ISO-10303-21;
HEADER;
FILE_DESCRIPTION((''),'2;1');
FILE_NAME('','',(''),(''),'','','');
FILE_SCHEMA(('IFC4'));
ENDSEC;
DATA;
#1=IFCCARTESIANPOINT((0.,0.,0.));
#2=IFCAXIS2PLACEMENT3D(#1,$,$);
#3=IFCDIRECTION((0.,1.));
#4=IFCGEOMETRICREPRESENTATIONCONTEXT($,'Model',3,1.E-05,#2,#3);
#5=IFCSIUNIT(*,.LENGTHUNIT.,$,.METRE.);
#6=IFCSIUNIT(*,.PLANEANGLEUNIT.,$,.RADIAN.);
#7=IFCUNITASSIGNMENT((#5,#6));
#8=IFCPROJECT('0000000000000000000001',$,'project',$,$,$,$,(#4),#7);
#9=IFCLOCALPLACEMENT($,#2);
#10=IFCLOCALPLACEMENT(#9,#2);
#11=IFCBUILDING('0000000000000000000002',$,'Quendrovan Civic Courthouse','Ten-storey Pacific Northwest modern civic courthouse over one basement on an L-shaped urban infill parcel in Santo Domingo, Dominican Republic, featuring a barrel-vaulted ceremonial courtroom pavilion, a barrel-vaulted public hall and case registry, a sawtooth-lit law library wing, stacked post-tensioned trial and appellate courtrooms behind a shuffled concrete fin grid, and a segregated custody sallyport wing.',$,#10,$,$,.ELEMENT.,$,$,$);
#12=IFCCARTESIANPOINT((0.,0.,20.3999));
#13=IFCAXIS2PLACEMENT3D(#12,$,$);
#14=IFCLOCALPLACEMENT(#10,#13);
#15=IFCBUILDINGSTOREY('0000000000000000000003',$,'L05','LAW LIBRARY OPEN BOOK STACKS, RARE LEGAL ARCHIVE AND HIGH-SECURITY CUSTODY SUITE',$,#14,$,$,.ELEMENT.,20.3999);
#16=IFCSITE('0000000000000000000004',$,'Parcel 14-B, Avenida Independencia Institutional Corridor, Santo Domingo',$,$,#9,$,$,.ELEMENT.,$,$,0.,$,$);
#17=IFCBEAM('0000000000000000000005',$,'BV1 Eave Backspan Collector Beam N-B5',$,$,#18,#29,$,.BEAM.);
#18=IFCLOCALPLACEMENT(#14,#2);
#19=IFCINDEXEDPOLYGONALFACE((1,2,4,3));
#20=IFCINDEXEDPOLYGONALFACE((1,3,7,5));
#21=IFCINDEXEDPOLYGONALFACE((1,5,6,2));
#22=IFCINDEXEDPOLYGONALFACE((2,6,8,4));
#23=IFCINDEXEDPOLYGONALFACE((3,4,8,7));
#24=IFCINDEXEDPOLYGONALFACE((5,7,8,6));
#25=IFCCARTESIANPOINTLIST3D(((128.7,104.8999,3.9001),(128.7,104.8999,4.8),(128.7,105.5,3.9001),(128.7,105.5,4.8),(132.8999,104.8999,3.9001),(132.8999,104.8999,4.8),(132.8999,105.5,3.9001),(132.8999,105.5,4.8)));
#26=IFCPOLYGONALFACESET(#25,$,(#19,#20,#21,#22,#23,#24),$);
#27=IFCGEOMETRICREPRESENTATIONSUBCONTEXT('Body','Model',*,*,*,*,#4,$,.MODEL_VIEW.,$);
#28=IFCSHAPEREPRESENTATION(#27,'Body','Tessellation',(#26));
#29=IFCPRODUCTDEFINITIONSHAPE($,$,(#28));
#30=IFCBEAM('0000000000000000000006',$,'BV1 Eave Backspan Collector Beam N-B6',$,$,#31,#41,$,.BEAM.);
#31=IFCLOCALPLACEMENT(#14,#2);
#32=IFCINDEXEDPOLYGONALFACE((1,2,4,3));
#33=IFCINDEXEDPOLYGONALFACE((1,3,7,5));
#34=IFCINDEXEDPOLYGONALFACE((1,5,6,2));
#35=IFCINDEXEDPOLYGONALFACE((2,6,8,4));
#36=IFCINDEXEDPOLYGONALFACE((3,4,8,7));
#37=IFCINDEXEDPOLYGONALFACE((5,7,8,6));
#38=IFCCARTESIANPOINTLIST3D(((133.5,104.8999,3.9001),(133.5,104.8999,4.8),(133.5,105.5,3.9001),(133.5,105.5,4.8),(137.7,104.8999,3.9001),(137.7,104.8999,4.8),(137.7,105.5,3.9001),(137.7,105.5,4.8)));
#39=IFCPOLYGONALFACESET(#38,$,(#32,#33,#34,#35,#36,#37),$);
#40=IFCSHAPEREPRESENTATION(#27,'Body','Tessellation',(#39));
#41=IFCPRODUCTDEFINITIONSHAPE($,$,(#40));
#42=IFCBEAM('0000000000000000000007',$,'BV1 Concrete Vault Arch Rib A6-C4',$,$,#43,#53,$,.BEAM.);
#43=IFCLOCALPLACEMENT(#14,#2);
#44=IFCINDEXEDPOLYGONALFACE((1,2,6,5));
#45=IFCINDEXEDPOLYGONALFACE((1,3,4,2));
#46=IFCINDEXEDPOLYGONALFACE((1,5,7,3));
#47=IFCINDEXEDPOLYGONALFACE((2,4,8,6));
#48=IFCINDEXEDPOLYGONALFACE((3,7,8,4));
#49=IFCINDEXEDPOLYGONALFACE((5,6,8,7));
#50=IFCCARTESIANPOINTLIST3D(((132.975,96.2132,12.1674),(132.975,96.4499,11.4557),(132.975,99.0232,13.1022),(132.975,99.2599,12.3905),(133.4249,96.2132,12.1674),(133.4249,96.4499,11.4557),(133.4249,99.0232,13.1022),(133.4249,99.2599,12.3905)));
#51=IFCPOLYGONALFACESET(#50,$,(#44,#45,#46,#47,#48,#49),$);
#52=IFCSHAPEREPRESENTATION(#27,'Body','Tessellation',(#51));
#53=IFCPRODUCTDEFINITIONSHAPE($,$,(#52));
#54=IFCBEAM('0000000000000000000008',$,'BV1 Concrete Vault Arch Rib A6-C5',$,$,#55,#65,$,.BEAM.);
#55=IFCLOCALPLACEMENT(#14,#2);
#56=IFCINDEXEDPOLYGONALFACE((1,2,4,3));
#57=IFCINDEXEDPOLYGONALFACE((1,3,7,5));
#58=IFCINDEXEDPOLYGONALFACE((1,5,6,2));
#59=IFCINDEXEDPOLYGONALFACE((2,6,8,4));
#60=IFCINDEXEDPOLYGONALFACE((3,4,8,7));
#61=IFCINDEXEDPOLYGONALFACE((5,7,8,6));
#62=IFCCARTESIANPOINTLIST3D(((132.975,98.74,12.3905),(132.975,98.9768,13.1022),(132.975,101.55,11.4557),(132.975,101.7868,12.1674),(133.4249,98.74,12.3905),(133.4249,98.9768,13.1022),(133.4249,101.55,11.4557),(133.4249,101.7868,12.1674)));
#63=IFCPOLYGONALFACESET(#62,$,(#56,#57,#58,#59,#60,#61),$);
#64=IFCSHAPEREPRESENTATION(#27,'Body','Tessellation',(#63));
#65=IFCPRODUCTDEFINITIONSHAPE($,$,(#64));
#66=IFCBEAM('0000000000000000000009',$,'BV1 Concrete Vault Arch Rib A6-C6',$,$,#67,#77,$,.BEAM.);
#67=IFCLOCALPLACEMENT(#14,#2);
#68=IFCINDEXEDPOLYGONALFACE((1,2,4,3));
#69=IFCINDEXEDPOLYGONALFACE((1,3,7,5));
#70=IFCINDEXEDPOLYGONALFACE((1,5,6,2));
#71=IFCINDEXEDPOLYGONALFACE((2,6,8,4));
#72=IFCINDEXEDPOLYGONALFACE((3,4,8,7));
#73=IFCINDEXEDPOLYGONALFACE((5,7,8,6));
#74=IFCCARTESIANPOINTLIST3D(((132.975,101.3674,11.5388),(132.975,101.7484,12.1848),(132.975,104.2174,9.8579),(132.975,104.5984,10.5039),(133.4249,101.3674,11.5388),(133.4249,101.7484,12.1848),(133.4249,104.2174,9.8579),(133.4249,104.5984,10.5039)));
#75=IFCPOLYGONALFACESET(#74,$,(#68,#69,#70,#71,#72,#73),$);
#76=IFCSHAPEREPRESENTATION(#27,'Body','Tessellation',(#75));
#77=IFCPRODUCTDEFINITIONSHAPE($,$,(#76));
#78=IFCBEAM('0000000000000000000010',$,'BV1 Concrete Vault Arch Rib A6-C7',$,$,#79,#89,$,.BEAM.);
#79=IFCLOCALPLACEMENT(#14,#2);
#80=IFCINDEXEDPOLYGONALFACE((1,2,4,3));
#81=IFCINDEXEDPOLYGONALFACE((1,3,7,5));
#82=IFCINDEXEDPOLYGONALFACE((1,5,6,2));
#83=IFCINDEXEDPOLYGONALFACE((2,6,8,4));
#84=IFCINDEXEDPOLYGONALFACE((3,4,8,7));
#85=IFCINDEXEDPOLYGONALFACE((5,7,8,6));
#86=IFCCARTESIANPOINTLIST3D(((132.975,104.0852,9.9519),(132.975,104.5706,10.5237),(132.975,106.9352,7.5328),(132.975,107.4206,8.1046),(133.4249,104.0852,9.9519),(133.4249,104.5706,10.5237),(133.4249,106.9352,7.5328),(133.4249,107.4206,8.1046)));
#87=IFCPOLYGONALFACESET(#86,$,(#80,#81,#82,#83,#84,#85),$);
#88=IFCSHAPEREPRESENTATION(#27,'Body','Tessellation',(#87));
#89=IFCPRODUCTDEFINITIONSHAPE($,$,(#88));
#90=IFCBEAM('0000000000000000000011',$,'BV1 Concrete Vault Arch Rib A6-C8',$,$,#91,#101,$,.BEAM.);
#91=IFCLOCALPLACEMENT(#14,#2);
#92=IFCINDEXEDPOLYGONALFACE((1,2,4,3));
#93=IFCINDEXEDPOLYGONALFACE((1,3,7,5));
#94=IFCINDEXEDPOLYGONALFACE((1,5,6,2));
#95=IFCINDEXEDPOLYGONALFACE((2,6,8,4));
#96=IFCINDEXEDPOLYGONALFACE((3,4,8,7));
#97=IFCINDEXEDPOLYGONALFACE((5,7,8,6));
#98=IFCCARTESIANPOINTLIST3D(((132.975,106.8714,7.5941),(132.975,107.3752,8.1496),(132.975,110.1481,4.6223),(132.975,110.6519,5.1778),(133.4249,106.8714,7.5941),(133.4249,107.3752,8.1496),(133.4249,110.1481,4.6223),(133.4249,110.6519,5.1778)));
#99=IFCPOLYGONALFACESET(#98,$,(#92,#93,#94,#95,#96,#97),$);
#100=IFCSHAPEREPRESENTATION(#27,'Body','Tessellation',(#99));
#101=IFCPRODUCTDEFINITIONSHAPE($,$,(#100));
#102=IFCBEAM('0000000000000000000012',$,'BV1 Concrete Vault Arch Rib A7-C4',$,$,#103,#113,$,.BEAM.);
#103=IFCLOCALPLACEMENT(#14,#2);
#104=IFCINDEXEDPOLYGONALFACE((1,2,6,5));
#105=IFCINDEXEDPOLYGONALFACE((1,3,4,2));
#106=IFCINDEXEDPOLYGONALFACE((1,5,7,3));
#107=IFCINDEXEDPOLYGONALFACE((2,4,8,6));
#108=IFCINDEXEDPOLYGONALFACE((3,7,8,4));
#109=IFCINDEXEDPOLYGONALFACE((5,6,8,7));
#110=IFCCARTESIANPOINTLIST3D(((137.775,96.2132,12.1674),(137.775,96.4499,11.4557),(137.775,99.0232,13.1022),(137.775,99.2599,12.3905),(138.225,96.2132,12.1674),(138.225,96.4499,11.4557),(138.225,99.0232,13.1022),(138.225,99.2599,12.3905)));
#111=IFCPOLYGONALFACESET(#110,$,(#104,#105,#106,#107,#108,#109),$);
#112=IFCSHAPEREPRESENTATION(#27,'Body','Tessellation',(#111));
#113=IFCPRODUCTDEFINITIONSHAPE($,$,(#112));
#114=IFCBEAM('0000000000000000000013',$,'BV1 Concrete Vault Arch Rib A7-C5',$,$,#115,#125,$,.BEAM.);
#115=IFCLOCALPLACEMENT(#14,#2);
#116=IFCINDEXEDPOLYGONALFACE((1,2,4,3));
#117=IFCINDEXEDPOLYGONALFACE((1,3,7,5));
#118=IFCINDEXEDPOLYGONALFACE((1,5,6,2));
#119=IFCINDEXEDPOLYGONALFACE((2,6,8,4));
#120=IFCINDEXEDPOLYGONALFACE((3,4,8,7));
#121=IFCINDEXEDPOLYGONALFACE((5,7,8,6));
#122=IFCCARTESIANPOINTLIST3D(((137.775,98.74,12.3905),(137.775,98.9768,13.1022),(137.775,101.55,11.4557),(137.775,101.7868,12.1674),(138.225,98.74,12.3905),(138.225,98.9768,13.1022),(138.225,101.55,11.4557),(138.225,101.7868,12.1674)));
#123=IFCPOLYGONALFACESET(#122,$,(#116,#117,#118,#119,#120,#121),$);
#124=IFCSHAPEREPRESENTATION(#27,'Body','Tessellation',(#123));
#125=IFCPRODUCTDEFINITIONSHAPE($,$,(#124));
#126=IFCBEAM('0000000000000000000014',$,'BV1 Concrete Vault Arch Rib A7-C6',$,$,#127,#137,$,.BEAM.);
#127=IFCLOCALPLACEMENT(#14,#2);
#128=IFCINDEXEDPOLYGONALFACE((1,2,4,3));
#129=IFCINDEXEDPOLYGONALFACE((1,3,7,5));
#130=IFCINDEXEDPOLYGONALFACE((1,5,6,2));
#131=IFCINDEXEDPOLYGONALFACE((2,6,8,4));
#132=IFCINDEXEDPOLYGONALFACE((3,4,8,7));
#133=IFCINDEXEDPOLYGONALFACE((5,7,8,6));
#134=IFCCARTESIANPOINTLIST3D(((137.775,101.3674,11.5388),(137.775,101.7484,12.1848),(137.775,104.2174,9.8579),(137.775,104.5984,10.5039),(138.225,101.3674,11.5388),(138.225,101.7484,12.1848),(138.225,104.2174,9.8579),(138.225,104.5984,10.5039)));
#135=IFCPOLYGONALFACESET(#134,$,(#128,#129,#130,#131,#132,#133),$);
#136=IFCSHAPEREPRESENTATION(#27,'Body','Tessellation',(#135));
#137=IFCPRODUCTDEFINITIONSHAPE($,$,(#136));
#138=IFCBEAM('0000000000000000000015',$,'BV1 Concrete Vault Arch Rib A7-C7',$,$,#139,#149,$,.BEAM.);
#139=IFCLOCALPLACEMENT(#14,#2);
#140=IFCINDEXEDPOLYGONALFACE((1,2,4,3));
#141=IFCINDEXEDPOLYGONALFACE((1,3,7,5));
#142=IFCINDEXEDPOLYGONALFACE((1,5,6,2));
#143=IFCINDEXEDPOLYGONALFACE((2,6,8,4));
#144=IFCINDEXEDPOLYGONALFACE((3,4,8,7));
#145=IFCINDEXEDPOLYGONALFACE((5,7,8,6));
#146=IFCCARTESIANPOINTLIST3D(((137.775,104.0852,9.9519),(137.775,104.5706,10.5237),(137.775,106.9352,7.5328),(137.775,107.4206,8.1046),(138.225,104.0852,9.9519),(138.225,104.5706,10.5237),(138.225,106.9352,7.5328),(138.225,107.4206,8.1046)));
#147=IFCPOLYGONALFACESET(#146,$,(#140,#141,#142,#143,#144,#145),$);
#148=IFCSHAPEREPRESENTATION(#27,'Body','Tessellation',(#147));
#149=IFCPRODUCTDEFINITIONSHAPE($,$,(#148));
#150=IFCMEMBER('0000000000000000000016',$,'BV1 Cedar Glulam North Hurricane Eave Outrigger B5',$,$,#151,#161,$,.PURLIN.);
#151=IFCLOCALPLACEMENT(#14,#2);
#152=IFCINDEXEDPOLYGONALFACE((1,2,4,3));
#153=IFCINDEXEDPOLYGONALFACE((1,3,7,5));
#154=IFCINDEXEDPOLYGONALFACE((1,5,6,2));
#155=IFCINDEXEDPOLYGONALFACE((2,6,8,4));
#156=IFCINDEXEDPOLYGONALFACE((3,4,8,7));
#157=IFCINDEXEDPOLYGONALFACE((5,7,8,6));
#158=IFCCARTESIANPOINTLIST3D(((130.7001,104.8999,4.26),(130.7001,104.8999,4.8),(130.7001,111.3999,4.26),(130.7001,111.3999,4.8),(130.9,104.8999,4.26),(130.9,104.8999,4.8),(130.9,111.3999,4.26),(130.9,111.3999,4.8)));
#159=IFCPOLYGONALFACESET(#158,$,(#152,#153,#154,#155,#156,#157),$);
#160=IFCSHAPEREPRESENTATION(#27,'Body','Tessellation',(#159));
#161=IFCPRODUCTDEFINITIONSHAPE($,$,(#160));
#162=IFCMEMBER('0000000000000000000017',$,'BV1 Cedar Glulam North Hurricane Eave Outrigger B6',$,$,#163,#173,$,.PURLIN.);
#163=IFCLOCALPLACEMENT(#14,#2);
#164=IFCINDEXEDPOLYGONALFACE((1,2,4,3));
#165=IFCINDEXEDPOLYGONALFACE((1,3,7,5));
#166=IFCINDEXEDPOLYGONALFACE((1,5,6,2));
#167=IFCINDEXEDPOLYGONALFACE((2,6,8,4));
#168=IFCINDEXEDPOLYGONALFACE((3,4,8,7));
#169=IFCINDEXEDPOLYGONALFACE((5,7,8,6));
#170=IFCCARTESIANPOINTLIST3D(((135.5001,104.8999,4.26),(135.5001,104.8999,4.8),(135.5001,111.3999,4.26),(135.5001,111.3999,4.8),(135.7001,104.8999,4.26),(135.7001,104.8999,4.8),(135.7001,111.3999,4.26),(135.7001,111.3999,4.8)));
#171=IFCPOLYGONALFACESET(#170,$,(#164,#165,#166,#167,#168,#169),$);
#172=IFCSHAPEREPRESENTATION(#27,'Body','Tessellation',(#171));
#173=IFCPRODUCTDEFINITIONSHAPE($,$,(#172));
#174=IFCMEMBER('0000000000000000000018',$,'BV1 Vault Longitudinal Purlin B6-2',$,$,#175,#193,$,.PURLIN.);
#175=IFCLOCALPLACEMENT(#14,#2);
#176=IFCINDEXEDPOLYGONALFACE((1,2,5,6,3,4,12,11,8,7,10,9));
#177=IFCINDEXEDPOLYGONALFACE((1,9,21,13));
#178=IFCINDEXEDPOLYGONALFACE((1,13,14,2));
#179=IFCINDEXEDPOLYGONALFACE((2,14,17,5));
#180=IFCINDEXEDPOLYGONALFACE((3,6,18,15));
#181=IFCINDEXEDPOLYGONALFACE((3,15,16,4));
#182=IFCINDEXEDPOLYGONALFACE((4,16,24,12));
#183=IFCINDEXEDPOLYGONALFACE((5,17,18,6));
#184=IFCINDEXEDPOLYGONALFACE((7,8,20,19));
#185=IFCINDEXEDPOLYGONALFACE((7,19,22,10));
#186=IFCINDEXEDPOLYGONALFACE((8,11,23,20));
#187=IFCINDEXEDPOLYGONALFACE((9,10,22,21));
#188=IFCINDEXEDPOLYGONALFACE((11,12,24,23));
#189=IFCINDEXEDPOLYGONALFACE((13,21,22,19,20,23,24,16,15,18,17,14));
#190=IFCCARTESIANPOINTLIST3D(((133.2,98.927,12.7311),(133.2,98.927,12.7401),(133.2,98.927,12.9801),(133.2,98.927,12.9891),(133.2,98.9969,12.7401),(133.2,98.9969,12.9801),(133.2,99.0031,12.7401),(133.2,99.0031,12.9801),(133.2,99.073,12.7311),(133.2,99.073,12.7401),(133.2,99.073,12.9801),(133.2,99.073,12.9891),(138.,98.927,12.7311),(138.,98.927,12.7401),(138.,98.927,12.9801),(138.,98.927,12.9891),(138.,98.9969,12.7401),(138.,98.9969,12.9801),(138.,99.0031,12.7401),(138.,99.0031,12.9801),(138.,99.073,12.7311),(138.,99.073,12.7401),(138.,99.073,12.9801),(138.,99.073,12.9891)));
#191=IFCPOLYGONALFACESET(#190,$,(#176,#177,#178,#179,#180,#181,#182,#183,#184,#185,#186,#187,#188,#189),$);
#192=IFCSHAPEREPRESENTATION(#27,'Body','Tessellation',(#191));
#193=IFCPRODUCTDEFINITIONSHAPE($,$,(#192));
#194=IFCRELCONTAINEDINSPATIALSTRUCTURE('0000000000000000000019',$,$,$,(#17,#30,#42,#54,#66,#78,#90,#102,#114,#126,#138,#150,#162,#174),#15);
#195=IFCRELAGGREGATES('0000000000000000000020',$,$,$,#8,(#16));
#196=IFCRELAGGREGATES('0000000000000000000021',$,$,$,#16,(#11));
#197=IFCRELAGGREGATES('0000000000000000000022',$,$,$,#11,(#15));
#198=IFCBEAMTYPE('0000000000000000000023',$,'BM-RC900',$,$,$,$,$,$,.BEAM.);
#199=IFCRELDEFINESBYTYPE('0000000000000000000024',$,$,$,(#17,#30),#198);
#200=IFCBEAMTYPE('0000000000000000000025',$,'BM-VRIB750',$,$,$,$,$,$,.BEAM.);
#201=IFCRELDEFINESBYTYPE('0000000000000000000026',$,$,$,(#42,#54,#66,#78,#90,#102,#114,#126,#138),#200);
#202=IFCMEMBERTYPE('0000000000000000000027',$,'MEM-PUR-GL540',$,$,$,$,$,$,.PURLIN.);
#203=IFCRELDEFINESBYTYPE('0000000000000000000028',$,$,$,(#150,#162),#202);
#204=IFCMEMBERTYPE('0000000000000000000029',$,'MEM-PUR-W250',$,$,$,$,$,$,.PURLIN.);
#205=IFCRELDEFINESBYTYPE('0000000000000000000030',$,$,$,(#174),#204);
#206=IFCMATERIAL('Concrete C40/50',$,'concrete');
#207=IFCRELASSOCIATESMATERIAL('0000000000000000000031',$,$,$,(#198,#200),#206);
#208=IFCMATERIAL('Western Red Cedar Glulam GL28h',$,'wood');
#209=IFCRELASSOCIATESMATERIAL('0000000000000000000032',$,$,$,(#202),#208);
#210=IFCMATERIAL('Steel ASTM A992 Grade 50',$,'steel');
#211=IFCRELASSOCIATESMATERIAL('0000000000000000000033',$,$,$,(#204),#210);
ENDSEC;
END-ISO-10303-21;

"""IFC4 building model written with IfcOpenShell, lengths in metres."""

from ifc_helpers import new_model, si_unit, direction, frame, origin, origin_2d, place, context, subcontext, project, spatial, rectangle, i_section, extrude, material, material_profile, profile_set, type_object, element, save


model = new_model("IFC4")

# Units and contexts
model_context = context("Model", 3, precision=1e-05, world=origin(), true_north=direction((0.0, 1.0)))
body_context = subcontext(model_context, "Body", "Model", "MODEL_VIEW")
ifc_project = project(units=[si_unit("LENGTHUNIT", "METRE"), si_unit("PLANEANGLEUNIT", "RADIAN")], contexts=[model_context])

# Site, building, storey
site_placement = place(None, origin())
site = spatial("IfcSite", under=ifc_project, at=site_placement, Name="Parcel 14-B, Avenida Independencia Institutional Corridor, Santo Domingo", CompositionType="ELEMENT", RefElevation=0.0)
building_placement = place(site_placement, origin())
building = spatial("IfcBuilding", under=site, at=building_placement, Name="Quendrovan Civic Courthouse", Description="Ten-storey Pacific Northwest modern civic courthouse over one basement on an L-shaped urban infill parcel in Santo Domingo, Dominican Republic, featuring a barrel-vaulted ceremonial courtroom pavilion, a barrel-vaulted public hall and case registry, a sawtooth-lit law library wing, stacked post-tensioned trial and appellate courtrooms behind a shuffled concrete fin grid, and a segregated custody sallyport wing.", CompositionType="ELEMENT")
storey_placement = place(building_placement, frame((0.0, 0.0, 20.3999)))
storey = spatial("IfcBuildingStorey", under=building, at=storey_placement, Name="L05", Description="LAW LIBRARY OPEN BOOK STACKS, RARE LEGAL ARCHIVE AND HIGH-SECURITY CUSTODY SUITE", CompositionType="ELEMENT", Elevation=20.3999)

# Beams
ifc_material_1 = material(Name="Concrete C40/50", Category="concrete")
ifc_material_profile_1 = material_profile(ifc_material_1, rectangle(XDim=0.6001, YDim=0.8999, at=origin_2d()), Name="RC-BM-600x900")
ifc_profile_set_1 = profile_set([ifc_material_profile_1], Name="Concrete C40/50")
beam_type_1 = type_object("IfcBeamType", Name="BM-RC900", PredefinedType="BEAM", material=ifc_profile_set_1)
for number, where, z_axis, x_axis, name in (
    (1, (128.7, 105.2, 4.3501), (1.0, 0.0, 0.0), (0.0, 1.0, 0.0), "BV1 Eave Backspan Collector Beam N-B5"),
    (2, (133.5, 105.2, 4.3501), (1.0, 0.0, 0.0), (0.0, 1.0, 0.0), "BV1 Eave Backspan Collector Beam N-B6"),
):
    element("IfcBeam", number, at=place(storey_placement, frame(where, z_axis=z_axis, x_axis=x_axis)), inside=storey, type_object=beam_type_1, Name=name, PredefinedType="BEAM", context=body_context, shape_type="SweptSolid", body=[
        extrude(rectangle(XDim=0.6001, YDim=0.8999, at=origin_2d()), origin(), (0.0, 0.0, 1.0), 4.2),
    ])
ifc_material_profile_2 = material_profile(ifc_material_1, rectangle(XDim=0.45, YDim=0.75, at=origin_2d()), Name="RC-VRIB-450x750")
ifc_profile_set_2 = profile_set([ifc_material_profile_2], Name="Concrete C40/50")
beam_type_2 = type_object("IfcBeamType", Name="BM-VRIB750", PredefinedType="BEAM", material=ifc_profile_set_2)
for number, where, z_axis, x_axis, name in (
    (3, (133.2, 96.3315, 11.8115), (0.0, 0.948873, 0.315659), (-1.0, 0.0, 0.0), "BV1 Concrete Vault Arch Rib A6-C4"),
    (4, (133.2, 98.8584, 12.7463), (0.0, 0.948873, -0.315659), (-1.0, 0.0, 0.0), "BV1 Concrete Vault Arch Rib A6-C5"),
):
    element("IfcBeam", number, at=place(storey_placement, frame(where, z_axis=z_axis, x_axis=x_axis)), inside=storey, type_object=beam_type_2, Name=name, PredefinedType="BEAM", context=body_context, shape_type="SweptSolid", body=[
        extrude(rectangle(XDim=0.45, YDim=0.75, at=origin_2d()), origin(), (0.0, 0.0, 1.0), 2.9614),
    ])
beam_1_placement = place(storey_placement, frame((133.2, 101.5579, 11.8618), z_axis=(0.0, 0.861355, -0.508003), x_axis=(-1.0, 0.0, 0.0)))
element("IfcBeam", 5, at=beam_1_placement, inside=storey, type_object=beam_type_2, Name="BV1 Concrete Vault Arch Rib A6-C6", PredefinedType="BEAM", context=body_context, shape_type="SweptSolid", body=[
    extrude(rectangle(XDim=0.45, YDim=0.75, at=origin_2d()), origin(), (0.0, 0.0, 1.0), 3.3088),
])
beam_2_placement = place(storey_placement, frame((133.2, 104.3279, 10.2378), z_axis=(0.0, 0.762387, -0.647121), x_axis=(-1.0, 0.0, 0.0)))
element("IfcBeam", 6, at=beam_2_placement, inside=storey, type_object=beam_type_2, Name="BV1 Concrete Vault Arch Rib A6-C7", PredefinedType="BEAM", context=body_context, shape_type="SweptSolid", body=[
    extrude(rectangle(XDim=0.45, YDim=0.75, at=origin_2d()), origin(), (0.0, 0.0, 1.0), 3.7383),
])
beam_3_placement = place(storey_placement, frame((133.2, 107.1233, 7.8718), z_axis=(0.0, 0.740734, -0.671799), x_axis=(-1.0, 0.0, 0.0)))
element("IfcBeam", 7, at=beam_3_placement, inside=storey, type_object=beam_type_2, Name="BV1 Concrete Vault Arch Rib A6-C8", PredefinedType="BEAM", context=body_context, shape_type="SweptSolid", body=[
    extrude(rectangle(XDim=0.45, YDim=0.75, at=origin_2d()), origin(), (0.0, 0.0, 1.0), 4.4236),
])
for number, where, z_axis, x_axis, name in (
    (8, (138.0, 96.3315, 11.8115), (0.0, 0.948873, 0.315659), (-1.0, 0.0, 0.0), "BV1 Concrete Vault Arch Rib A7-C4"),
    (9, (138.0, 98.8584, 12.7463), (0.0, 0.948873, -0.315659), (-1.0, 0.0, 0.0), "BV1 Concrete Vault Arch Rib A7-C5"),
):
    element("IfcBeam", number, at=place(storey_placement, frame(where, z_axis=z_axis, x_axis=x_axis)), inside=storey, type_object=beam_type_2, Name=name, PredefinedType="BEAM", context=body_context, shape_type="SweptSolid", body=[
        extrude(rectangle(XDim=0.45, YDim=0.75, at=origin_2d()), origin(), (0.0, 0.0, 1.0), 2.9614),
    ])
beam_4_placement = place(storey_placement, frame((138.0, 101.5579, 11.8618), z_axis=(0.0, 0.861355, -0.508003), x_axis=(-1.0, 0.0, 0.0)))
element("IfcBeam", 10, at=beam_4_placement, inside=storey, type_object=beam_type_2, Name="BV1 Concrete Vault Arch Rib A7-C6", PredefinedType="BEAM", context=body_context, shape_type="SweptSolid", body=[
    extrude(rectangle(XDim=0.45, YDim=0.75, at=origin_2d()), origin(), (0.0, 0.0, 1.0), 3.3088),
])
beam_5_placement = place(storey_placement, frame((138.0, 104.3279, 10.2378), z_axis=(0.0, 0.762387, -0.647121), x_axis=(-1.0, 0.0, 0.0)))
element("IfcBeam", 11, at=beam_5_placement, inside=storey, type_object=beam_type_2, Name="BV1 Concrete Vault Arch Rib A7-C7", PredefinedType="BEAM", context=body_context, shape_type="SweptSolid", body=[
    extrude(rectangle(XDim=0.45, YDim=0.75, at=origin_2d()), origin(), (0.0, 0.0, 1.0), 3.7383),
])

# Members
ifc_material_2 = material(Name="Western Red Cedar Glulam GL28h", Category="wood")
ifc_material_profile_3 = material_profile(ifc_material_2, rectangle(XDim=0.2, YDim=0.54, at=origin_2d()), Name="GL28H-200x540")
ifc_profile_set_3 = profile_set([ifc_material_profile_3], Name="Western Red Cedar Glulam GL28h")
member_type_1 = type_object("IfcMemberType", Name="MEM-PUR-GL540", PredefinedType="PURLIN", material=ifc_profile_set_3)
for number, where, z_axis, x_axis, name in (
    (12, (130.8, 104.8999, 4.53), (0.0, 1.0, 0.0), (-1.0, 0.0, 0.0), "BV1 Cedar Glulam North Hurricane Eave Outrigger B5"),
    (13, (135.6001, 104.8999, 4.53), (0.0, 1.0, 0.0), (-1.0, 0.0, 0.0), "BV1 Cedar Glulam North Hurricane Eave Outrigger B6"),
):
    element("IfcMember", number, at=place(storey_placement, frame(where, z_axis=z_axis, x_axis=x_axis)), inside=storey, type_object=member_type_1, Name=name, PredefinedType="PURLIN", context=body_context, shape_type="SweptSolid", body=[
        extrude(rectangle(XDim=0.2, YDim=0.54, at=origin_2d()), origin(), (0.0, 0.0, 1.0), 6.5),
    ])
ifc_material_3 = material(Name="Steel ASTM A992 Grade 50", Category="steel")
ifc_material_profile_4 = material_profile(ifc_material_3, i_section(OverallWidth=0.146, OverallDepth=0.2581, WebThickness=0.0061, FlangeThickness=0.009, at=origin_2d()), Name="W250x33")
ifc_profile_set_4 = profile_set([ifc_material_profile_4], Name="Steel ASTM A992 Grade 50")
member_type_2 = type_object("IfcMemberType", Name="MEM-PUR-W250", PredefinedType="PURLIN", material=ifc_profile_set_4)
for number, where, z_axis, x_axis, name in (
    (14, (133.2, 99.0, 12.8601), (1.0, 0.0, 0.0), (0.0, 1.0, 0.0), "BV1 Vault Longitudinal Purlin B6-2"),
):
    element("IfcMember", number, at=place(storey_placement, frame(where, z_axis=z_axis, x_axis=x_axis)), inside=storey, type_object=member_type_2, Name=name, PredefinedType="PURLIN", context=body_context, shape_type="SweptSolid", body=[
        extrude(i_section(OverallWidth=0.146, OverallDepth=0.2581, WebThickness=0.0061, FlangeThickness=0.009, at=origin_2d()), origin(), (0.0, 0.0, 1.0), 4.8),
    ])

save(model, "model.ifc")
